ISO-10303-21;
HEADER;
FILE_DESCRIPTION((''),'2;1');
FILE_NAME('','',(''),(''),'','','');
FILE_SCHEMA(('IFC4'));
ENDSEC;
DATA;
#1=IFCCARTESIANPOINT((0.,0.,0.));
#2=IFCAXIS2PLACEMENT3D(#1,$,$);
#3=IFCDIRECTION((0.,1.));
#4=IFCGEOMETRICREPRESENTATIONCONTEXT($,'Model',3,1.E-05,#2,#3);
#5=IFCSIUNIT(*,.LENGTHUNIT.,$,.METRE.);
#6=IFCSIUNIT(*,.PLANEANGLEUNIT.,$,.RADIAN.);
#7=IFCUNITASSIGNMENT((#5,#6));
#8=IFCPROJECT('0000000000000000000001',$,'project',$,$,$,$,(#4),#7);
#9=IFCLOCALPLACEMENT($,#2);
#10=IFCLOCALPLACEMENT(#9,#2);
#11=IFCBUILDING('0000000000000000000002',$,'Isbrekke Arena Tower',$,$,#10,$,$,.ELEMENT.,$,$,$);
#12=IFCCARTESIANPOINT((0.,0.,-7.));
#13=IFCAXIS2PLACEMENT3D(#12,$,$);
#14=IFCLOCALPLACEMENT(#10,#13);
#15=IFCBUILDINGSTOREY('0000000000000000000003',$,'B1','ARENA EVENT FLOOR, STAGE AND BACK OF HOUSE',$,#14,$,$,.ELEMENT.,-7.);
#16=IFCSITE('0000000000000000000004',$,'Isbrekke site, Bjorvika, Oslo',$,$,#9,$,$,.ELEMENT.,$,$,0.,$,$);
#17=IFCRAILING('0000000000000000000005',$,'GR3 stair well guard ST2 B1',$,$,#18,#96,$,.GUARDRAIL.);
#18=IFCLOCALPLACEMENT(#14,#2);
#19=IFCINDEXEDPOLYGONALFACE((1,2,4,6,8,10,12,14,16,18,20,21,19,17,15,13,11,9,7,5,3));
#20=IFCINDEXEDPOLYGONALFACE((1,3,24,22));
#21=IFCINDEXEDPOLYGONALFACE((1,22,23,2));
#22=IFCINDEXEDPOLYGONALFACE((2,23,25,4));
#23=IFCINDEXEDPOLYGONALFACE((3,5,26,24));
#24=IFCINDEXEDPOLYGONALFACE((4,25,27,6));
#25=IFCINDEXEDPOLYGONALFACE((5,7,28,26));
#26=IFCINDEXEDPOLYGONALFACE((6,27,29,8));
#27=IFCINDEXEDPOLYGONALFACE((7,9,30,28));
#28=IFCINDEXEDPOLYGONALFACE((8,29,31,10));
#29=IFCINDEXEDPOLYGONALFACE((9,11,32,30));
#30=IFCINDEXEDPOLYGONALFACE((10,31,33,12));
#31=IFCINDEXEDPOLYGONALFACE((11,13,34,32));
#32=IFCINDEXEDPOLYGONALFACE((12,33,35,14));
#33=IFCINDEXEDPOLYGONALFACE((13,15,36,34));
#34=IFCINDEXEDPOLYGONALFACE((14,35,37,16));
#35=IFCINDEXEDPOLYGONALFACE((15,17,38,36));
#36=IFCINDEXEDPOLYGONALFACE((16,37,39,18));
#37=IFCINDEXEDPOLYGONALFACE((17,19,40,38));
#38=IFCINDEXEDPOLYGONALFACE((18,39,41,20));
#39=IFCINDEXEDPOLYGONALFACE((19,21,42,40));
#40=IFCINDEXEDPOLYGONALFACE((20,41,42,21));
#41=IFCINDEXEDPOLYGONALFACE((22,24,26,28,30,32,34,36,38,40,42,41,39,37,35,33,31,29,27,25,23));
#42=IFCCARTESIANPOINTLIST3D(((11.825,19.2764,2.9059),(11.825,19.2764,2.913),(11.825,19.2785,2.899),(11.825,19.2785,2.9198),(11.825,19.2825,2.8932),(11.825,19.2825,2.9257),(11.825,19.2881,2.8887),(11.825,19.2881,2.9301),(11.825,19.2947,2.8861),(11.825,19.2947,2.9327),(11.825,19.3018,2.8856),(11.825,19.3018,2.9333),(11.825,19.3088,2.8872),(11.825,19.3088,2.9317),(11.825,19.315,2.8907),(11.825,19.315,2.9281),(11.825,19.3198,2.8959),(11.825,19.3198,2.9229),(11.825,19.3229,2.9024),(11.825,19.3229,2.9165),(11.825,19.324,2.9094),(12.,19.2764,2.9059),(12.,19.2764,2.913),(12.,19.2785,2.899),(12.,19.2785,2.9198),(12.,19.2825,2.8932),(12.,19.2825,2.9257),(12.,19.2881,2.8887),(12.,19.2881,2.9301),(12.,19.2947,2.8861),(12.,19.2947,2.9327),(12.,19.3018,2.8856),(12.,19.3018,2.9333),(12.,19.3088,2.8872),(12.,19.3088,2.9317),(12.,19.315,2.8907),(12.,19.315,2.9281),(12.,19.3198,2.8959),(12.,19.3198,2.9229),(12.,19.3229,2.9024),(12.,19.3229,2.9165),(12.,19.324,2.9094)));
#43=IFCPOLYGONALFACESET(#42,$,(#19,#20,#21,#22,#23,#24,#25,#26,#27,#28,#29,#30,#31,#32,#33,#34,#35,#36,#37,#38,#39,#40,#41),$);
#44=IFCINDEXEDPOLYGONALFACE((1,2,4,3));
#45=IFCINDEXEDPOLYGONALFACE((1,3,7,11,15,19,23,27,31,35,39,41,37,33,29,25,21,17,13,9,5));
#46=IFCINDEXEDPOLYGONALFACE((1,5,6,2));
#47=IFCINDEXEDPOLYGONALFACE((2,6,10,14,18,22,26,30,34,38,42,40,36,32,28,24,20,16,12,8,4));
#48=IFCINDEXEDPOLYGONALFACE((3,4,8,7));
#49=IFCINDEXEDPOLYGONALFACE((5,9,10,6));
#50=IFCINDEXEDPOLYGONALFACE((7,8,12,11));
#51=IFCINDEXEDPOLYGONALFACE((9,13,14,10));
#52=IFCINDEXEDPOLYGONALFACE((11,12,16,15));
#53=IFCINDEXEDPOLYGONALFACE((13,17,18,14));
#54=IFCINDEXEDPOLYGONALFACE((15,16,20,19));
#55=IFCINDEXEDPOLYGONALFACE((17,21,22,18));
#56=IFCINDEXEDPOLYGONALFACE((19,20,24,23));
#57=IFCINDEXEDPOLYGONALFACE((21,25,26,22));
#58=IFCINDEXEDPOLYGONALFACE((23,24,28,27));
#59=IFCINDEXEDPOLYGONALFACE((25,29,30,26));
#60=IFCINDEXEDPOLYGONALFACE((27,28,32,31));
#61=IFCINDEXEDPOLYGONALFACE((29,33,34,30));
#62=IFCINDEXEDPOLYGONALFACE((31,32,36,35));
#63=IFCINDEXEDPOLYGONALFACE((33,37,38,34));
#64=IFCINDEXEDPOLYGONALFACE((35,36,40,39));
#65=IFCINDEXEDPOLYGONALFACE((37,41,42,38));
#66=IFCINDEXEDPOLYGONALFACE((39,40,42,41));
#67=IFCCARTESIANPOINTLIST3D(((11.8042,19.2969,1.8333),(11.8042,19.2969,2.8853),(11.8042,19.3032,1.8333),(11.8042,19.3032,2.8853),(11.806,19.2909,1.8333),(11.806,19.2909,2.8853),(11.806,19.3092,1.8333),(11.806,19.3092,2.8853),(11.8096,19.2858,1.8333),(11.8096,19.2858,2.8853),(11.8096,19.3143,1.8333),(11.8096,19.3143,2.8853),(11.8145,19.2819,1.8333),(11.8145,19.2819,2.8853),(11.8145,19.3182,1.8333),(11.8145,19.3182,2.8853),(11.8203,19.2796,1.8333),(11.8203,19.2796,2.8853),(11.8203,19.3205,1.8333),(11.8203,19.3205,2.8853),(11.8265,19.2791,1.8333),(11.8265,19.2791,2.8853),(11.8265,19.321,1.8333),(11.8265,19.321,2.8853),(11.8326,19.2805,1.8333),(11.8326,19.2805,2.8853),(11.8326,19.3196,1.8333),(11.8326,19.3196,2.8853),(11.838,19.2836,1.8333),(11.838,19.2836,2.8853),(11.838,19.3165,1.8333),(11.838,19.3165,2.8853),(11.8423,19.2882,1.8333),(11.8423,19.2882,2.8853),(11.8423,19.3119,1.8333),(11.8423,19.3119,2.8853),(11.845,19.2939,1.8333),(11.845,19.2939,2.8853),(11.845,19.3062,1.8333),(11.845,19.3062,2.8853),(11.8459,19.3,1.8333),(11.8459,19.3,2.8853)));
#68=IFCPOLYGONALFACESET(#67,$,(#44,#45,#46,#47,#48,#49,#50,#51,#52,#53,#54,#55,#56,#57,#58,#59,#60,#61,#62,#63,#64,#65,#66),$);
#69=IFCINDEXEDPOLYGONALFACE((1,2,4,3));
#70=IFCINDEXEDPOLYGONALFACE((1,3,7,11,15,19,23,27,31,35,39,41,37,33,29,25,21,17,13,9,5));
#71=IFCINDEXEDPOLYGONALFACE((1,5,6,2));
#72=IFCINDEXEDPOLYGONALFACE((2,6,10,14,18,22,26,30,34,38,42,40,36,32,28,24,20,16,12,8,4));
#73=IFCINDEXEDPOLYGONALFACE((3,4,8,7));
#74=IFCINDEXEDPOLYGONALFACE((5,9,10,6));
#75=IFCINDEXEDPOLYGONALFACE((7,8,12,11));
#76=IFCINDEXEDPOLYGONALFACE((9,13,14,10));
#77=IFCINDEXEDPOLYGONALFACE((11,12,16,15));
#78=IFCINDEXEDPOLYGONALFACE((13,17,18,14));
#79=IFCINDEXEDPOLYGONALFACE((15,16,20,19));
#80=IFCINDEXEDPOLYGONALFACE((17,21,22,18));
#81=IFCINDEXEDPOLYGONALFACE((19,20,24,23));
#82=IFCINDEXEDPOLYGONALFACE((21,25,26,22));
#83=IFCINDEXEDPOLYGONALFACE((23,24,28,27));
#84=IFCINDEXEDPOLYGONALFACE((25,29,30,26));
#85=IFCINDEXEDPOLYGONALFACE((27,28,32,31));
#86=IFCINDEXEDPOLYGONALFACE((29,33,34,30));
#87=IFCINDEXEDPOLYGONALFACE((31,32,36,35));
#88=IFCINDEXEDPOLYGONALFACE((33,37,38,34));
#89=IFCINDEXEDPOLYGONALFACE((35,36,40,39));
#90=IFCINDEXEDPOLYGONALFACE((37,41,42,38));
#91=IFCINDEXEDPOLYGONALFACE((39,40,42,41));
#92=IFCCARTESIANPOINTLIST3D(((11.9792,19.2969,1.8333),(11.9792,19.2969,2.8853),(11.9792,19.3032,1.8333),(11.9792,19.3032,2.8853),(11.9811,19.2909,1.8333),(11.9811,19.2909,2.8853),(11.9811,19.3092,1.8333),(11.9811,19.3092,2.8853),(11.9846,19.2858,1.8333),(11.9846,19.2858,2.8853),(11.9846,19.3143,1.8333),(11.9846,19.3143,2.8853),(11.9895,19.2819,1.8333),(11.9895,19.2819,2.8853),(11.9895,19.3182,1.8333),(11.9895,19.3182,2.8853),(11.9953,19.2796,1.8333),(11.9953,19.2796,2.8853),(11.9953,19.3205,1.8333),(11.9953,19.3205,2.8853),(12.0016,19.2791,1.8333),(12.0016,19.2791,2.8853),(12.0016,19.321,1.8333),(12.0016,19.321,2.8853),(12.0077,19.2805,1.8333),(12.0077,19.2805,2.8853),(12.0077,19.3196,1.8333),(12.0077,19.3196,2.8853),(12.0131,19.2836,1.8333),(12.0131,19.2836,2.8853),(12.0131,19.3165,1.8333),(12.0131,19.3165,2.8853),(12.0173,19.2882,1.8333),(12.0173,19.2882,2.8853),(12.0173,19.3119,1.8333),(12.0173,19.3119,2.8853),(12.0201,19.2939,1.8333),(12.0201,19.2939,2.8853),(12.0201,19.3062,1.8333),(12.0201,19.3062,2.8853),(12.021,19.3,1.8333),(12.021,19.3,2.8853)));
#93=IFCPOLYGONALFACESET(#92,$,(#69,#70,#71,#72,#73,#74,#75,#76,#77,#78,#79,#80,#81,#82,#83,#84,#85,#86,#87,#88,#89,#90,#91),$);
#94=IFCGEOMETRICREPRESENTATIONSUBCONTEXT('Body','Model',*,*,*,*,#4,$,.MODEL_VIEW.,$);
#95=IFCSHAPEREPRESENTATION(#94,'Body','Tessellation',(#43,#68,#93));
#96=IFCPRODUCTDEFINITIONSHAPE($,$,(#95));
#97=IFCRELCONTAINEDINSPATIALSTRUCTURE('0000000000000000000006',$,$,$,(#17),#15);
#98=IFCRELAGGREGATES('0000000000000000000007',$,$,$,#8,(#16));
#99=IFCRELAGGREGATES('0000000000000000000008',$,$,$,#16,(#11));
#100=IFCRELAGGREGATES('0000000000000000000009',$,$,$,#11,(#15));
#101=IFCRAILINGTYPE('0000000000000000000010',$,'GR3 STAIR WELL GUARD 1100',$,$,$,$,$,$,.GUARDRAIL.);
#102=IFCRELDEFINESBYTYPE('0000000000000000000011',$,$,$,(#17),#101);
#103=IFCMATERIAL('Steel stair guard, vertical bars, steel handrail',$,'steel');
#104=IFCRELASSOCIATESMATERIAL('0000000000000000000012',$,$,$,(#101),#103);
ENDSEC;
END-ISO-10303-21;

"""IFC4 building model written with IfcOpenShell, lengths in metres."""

from ifc_helpers import new_model, si_unit, direction, frame, origin, origin_2d, place, context, subcontext, project, spatial, circle, extrude, material, type_object, element, save


model = new_model("IFC4")

# Units and contexts
model_context = context("Model", 3, precision=1e-05, world=origin(), true_north=direction((0.0, 1.0)))
body_context = subcontext(model_context, "Body", "Model", "MODEL_VIEW")
ifc_project = project(units=[si_unit("LENGTHUNIT", "METRE"), si_unit("PLANEANGLEUNIT", "RADIAN")], contexts=[model_context])

# Site, building, storey
site_placement = place(None, origin())
site = spatial("IfcSite", under=ifc_project, at=site_placement, Name="Isbrekke site, Bjorvika, Oslo", CompositionType="ELEMENT", RefElevation=0.0)
building_placement = place(site_placement, origin())
building = spatial("IfcBuilding", under=site, at=building_placement, Name="Isbrekke Arena Tower", CompositionType="ELEMENT")
storey_placement = place(building_placement, frame((0.0, 0.0, -7.0)))
storey = spatial("IfcBuildingStorey", under=building, at=storey_placement, Name="B1", Description="ARENA EVENT FLOOR, STAGE AND BACK OF HOUSE", CompositionType="ELEMENT", Elevation=-7.0)

# Railing
ifc_material_1 = material(Name="Steel stair guard, vertical bars, steel handrail", Category="steel")
railing_type = type_object("IfcRailingType", Name="GR3 STAIR WELL GUARD 1100", PredefinedType="GUARDRAIL", material=ifc_material_1)
railing_1_placement = place(storey_placement, frame((11.825, 19.3, 1.8333)))
element("IfcRailing", 1, at=railing_1_placement, inside=storey, type_object=railing_type, Name="GR3 stair well guard ST2 B1", PredefinedType="GUARDRAIL", context=body_context, shape_type="SweptSolid", body=[
    extrude(circle(Radius=0.0239, at=origin_2d()), frame((0.0, 0.0, 1.0762), z_axis=(1.0, 0.0, 0.0), x_axis=(0.0, 1.0, 0.0)), (0.0, 0.0, 1.0), 0.175),
    extrude(circle(Radius=0.021, at=origin_2d()), origin(), (0.0, 0.0, 1.0), 1.052),
    extrude(circle(Radius=0.021, at=origin_2d()), frame((0.175, 0.0, 0.0)), (0.0, 0.0, 1.0), 1.052),
])

save(model, "model.ifc")
